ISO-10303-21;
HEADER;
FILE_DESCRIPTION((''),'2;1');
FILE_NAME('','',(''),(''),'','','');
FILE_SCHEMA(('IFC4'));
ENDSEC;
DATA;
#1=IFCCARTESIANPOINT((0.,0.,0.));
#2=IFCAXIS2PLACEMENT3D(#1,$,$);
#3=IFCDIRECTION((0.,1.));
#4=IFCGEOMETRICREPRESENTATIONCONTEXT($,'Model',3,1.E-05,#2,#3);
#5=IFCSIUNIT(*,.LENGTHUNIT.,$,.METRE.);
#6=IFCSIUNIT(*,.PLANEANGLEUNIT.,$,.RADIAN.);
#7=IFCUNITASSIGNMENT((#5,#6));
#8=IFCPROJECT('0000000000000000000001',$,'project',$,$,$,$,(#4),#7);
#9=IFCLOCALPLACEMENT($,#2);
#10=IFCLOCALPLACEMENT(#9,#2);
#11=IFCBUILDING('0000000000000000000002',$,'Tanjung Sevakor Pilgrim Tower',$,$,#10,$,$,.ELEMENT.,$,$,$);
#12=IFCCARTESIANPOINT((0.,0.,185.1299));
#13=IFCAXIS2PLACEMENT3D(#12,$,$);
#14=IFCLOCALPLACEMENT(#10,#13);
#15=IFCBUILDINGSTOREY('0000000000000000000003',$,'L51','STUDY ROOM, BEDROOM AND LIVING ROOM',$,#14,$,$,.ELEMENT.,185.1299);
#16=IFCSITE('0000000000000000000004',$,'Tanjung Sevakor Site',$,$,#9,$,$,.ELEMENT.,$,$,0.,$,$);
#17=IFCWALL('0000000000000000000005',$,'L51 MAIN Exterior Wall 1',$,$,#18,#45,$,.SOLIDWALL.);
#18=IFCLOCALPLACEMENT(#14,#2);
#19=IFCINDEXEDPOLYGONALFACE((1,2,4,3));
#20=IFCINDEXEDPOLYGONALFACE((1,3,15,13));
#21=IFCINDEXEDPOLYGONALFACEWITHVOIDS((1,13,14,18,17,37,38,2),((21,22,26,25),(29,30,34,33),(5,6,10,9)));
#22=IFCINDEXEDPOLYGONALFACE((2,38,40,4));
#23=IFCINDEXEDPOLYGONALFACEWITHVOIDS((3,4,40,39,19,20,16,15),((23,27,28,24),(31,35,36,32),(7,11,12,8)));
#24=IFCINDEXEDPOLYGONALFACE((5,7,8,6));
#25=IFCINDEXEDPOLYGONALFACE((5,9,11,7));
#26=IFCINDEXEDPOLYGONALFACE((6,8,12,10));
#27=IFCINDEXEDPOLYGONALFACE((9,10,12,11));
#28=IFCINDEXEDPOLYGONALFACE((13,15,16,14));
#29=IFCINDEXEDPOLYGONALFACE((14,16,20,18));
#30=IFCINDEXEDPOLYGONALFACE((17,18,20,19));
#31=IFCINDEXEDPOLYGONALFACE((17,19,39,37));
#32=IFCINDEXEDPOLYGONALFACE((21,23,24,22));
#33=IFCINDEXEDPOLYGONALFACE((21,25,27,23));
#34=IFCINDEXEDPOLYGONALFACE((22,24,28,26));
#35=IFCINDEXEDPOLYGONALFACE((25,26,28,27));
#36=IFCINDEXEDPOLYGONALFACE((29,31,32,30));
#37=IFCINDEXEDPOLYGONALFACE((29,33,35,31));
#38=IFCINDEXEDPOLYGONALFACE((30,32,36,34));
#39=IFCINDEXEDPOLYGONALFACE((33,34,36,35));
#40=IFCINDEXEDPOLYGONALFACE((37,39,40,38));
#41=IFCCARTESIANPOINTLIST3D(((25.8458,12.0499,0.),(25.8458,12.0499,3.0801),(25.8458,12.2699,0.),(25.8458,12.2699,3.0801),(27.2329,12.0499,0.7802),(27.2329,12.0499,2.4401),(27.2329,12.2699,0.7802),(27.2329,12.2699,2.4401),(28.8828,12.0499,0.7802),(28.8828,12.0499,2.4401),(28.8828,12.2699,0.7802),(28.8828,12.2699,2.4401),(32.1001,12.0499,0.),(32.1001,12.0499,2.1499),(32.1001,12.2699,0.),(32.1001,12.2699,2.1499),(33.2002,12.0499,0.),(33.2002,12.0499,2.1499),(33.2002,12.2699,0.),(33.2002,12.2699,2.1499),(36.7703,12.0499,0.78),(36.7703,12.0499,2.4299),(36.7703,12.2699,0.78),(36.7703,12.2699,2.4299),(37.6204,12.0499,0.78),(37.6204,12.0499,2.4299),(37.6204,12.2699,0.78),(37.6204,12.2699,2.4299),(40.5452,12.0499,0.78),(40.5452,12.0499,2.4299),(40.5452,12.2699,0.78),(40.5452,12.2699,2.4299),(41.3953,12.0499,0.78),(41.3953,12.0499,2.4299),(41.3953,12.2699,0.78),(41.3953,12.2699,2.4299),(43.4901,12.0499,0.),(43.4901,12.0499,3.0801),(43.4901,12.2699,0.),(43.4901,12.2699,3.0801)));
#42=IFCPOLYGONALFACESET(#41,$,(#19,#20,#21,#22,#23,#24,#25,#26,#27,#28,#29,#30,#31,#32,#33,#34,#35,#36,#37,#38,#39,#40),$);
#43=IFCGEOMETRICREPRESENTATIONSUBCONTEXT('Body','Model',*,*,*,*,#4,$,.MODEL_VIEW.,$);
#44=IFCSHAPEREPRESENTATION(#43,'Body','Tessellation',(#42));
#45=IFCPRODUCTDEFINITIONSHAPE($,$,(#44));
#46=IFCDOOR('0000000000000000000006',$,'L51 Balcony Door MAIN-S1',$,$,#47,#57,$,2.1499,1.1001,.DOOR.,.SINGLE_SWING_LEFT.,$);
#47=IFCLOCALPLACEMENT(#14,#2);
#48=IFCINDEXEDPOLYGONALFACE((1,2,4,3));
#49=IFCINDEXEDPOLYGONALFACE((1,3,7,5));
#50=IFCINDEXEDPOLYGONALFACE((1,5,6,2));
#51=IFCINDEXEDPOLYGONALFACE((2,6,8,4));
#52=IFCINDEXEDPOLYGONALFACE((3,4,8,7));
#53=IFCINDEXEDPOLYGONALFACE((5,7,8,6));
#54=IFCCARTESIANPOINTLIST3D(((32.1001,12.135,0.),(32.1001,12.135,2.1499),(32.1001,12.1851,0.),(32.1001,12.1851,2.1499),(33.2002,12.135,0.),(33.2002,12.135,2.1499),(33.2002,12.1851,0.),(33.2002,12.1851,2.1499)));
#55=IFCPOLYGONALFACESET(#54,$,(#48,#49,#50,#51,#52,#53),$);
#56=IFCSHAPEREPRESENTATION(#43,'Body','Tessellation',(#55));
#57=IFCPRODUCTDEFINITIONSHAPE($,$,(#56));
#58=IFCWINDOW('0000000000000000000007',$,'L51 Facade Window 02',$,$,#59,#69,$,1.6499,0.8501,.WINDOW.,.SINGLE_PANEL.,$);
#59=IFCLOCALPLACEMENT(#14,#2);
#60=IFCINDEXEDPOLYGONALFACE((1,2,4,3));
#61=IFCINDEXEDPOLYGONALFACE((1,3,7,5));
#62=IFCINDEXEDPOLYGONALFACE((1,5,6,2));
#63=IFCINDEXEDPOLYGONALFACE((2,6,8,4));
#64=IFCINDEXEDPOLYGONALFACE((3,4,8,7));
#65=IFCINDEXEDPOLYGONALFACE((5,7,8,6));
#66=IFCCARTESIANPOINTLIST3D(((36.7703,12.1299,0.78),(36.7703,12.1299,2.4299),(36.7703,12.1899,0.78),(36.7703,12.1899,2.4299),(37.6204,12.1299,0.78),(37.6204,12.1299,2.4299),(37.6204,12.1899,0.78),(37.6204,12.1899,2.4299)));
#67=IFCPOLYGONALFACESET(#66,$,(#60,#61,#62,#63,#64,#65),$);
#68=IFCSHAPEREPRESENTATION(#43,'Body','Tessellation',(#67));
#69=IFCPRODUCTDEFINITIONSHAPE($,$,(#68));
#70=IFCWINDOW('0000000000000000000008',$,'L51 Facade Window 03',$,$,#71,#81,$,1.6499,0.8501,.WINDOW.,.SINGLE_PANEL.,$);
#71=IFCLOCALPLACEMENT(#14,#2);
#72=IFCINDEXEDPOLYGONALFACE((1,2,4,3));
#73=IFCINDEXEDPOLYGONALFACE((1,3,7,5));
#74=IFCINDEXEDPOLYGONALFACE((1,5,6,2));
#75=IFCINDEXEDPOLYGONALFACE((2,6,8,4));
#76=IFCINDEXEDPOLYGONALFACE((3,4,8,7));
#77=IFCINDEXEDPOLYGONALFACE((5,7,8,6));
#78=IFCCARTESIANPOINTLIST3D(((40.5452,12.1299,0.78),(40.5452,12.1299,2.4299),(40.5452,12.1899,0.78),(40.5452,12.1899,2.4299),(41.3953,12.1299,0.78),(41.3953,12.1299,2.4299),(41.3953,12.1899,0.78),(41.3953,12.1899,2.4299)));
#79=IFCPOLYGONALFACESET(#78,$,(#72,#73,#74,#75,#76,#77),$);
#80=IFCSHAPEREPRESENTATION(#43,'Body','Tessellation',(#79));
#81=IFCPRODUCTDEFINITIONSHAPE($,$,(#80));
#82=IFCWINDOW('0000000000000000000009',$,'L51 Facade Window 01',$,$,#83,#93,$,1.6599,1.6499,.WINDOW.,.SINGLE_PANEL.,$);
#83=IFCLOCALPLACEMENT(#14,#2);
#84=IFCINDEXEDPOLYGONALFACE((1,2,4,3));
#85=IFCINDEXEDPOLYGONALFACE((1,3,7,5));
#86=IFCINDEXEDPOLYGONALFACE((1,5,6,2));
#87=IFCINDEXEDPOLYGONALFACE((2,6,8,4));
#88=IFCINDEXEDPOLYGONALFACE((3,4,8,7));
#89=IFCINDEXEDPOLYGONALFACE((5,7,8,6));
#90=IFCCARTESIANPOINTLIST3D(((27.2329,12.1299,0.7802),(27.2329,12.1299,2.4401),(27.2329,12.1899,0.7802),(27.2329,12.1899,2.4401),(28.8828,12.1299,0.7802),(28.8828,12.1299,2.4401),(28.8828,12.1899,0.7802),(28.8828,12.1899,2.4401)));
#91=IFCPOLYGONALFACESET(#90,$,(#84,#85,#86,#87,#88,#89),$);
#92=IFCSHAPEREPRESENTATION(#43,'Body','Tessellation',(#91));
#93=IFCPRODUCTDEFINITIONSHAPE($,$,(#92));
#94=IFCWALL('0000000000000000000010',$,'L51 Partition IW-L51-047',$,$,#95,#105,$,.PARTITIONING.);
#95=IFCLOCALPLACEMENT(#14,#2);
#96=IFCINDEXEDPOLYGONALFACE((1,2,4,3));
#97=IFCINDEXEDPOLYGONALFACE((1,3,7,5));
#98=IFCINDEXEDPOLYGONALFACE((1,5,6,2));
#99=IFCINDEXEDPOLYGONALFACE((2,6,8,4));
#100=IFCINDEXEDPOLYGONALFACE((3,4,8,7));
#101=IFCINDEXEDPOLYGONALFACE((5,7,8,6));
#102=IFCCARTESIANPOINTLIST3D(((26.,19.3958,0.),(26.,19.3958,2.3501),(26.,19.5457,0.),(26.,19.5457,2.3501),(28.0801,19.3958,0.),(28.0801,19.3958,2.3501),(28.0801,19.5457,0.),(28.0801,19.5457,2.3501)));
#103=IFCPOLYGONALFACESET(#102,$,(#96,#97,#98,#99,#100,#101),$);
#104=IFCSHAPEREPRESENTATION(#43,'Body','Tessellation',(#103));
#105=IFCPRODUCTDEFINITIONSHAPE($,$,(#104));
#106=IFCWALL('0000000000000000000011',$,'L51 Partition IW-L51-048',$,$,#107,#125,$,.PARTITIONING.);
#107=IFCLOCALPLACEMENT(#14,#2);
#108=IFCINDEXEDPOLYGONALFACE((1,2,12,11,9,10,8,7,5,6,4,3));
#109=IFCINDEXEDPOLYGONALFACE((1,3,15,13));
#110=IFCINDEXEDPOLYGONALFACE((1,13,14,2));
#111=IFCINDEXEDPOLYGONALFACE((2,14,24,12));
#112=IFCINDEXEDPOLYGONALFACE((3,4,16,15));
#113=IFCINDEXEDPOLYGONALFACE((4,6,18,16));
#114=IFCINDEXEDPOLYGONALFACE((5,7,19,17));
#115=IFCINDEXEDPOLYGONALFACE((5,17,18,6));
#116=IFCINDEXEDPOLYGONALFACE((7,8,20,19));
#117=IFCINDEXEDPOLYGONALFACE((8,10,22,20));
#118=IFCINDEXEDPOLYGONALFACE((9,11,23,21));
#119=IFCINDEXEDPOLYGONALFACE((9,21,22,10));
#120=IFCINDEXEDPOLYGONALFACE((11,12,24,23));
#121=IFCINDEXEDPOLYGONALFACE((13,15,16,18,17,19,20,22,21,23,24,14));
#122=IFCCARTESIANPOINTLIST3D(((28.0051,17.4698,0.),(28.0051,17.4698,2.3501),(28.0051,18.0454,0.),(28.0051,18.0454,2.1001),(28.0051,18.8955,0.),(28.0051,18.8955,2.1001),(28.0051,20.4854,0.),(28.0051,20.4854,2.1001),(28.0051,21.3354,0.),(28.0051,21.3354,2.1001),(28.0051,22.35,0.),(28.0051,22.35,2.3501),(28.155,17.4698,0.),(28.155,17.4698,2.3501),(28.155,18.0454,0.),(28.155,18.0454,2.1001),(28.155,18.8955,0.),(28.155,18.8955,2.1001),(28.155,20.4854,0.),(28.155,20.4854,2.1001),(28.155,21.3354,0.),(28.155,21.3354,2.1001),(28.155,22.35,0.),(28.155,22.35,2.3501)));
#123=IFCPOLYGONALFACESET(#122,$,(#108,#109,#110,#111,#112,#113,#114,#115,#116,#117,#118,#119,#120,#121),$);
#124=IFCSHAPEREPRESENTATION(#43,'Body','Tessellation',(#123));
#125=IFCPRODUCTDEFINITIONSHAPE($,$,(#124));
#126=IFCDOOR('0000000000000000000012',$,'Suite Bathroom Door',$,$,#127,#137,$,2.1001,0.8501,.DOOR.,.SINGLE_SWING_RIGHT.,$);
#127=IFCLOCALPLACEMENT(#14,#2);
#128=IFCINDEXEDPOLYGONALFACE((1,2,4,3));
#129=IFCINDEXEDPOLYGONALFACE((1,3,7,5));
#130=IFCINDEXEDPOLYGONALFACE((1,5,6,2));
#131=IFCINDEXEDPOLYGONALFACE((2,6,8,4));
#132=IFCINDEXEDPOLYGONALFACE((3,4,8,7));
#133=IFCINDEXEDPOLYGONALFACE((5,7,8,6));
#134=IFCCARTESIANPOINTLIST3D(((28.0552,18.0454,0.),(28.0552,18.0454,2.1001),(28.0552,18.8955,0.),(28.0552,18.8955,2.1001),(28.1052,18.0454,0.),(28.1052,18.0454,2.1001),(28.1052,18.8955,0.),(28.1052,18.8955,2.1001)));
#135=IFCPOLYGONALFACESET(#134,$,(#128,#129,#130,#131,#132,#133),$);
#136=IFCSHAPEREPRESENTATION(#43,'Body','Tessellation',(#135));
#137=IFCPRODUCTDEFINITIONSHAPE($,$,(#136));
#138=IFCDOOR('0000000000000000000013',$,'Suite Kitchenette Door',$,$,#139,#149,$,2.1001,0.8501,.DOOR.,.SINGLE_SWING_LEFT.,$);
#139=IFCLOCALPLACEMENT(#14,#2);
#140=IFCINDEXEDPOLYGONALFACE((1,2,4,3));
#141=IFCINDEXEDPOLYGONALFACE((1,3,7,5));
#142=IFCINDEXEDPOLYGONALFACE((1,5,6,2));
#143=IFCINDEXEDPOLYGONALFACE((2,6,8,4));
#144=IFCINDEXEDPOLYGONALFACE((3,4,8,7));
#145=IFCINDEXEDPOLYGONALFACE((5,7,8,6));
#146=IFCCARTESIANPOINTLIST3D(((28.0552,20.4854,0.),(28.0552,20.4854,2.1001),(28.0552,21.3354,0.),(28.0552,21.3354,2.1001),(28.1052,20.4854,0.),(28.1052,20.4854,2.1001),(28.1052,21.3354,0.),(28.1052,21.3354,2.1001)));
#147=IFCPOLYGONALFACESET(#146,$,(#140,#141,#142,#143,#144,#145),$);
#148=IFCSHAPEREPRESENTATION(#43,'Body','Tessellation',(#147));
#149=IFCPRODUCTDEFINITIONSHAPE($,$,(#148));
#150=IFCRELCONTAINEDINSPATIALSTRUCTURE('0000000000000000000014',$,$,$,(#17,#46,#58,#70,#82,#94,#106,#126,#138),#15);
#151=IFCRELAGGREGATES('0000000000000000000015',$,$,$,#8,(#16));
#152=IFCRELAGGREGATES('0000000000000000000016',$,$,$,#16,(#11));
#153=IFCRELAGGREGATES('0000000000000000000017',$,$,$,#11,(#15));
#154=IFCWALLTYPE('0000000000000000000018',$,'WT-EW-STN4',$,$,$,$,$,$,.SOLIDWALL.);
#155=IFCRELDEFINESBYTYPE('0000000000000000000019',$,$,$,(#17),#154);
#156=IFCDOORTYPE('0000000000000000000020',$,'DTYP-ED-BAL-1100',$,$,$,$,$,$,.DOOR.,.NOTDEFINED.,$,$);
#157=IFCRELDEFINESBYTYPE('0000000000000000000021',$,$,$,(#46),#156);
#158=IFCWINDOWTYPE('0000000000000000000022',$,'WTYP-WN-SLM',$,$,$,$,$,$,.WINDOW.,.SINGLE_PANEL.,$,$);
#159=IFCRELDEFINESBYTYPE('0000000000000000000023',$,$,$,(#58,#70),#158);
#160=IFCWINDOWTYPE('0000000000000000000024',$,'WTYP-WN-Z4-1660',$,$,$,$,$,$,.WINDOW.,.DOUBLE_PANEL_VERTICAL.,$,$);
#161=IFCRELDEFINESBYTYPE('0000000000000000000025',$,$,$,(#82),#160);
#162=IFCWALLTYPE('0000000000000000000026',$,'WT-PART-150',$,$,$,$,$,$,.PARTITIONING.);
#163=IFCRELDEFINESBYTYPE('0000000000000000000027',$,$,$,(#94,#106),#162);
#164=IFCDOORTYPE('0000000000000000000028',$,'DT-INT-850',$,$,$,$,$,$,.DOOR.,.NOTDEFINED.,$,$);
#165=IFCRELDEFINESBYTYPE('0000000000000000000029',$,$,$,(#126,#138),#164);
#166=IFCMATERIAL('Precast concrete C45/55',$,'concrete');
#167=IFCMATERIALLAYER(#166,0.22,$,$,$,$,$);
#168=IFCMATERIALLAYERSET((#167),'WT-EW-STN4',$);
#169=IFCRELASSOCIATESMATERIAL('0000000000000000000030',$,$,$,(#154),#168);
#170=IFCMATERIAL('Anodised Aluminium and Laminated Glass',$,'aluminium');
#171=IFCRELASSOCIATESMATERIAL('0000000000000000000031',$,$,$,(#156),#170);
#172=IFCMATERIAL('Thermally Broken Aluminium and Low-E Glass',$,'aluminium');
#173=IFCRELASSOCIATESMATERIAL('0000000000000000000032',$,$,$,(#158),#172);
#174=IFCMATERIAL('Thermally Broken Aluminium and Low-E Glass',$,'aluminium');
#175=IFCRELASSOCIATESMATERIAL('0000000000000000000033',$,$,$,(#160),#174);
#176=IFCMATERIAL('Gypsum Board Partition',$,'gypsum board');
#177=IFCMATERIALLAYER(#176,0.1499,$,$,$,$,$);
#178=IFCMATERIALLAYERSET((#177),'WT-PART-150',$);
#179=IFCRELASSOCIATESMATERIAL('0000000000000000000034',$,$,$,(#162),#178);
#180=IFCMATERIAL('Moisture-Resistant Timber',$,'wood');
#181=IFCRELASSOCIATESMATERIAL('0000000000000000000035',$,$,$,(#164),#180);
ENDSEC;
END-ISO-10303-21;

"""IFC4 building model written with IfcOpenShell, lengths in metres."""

from ifc_helpers import new_model, si_unit, direction, frame, frame_2d, origin, place, context, subcontext, project, spatial, rectangle, extrude, material, layer, layer_set, type_object, element, fill, save


model = new_model("IFC4")

# Units and contexts
model_context = context("Model", 3, precision=1e-05, world=origin(), true_north=direction((0.0, 1.0)))
body_context = subcontext(model_context, "Body", "Model", "MODEL_VIEW")
ifc_project = project(units=[si_unit("LENGTHUNIT", "METRE"), si_unit("PLANEANGLEUNIT", "RADIAN")], contexts=[model_context])

# Site, building, storey
site_placement = place(None, origin())
site = spatial("IfcSite", under=ifc_project, at=site_placement, Name="Tanjung Sevakor Site", CompositionType="ELEMENT", RefElevation=0.0)
building_placement = place(site_placement, origin())
building = spatial("IfcBuilding", under=site, at=building_placement, Name="Tanjung Sevakor Pilgrim Tower", CompositionType="ELEMENT")
storey_placement = place(building_placement, frame((0.0, 0.0, 185.1299)))
storey = spatial("IfcBuildingStorey", under=building, at=storey_placement, Name="L51", Description="STUDY ROOM, BEDROOM AND LIVING ROOM", CompositionType="ELEMENT", Elevation=185.1299)

# Wall, openings, door, windows
ifc_material_1 = material(Name="Precast concrete C45/55", Category="concrete")
ifc_layer_1 = layer(ifc_material_1, 0.22)
ifc_layer_set_1 = layer_set([ifc_layer_1], Name="WT-EW-STN4")
wall_type_1 = type_object("IfcWallType", Name="WT-EW-STN4", PredefinedType="SOLIDWALL", material=ifc_layer_set_1)
wall_1_placement = place(storey_placement, frame((25.8457, 12.1599, 0.0), z_axis=(0.0, 0.0, 1.0), x_axis=(1.0, 0.0, 0.0)))
wall_1 = element("IfcWall", 1, at=wall_1_placement, inside=storey, type_object=wall_type_1, Name="L51 MAIN Exterior Wall 1", PredefinedType="SOLIDWALL", context=body_context, shape_type="SweptSolid", body=[
    extrude(rectangle(XDim=17.6443, YDim=0.22, at=frame_2d((8.8223, 0.0))), origin(), (0.0, 0.0, 1.0), 3.0801),
])
opening_1_placement = place(wall_1_placement, frame((6.2544, 0.0, 0.0)))
opening_1 = element("IfcOpeningElement", 2, at=opening_1_placement, cuts=wall_1, PredefinedType="OPENING", context=body_context, shape_type="SweptSolid", body=[
    extrude(rectangle(XDim=1.1001, YDim=2.1499, at=frame_2d((0.55, 1.075))), frame((0.0, 0.1199, 0.0), z_axis=(0.0, -1.0, 0.0), x_axis=(1.0, 0.0, 0.0)), (0.0, 0.0, 1.0), 0.24),
])
opening_2_placement = place(wall_1_placement, frame((1.3872, 0.0, 0.78)))
opening_2 = element("IfcOpeningElement", 3, at=opening_2_placement, cuts=wall_1, PredefinedType="OPENING", context=body_context, shape_type="SweptSolid", body=[
    extrude(rectangle(XDim=1.6499, YDim=1.6599, at=frame_2d((0.825, 0.8301))), frame((0.0, 0.1199, 0.0), z_axis=(0.0, -1.0, 0.0), x_axis=(1.0, 0.0, 0.0)), (0.0, 0.0, 1.0), 0.24),
])
opening_3_placement = place(wall_1_placement, frame((10.9246, 0.0, 0.78)))
opening_3 = element("IfcOpeningElement", 4, at=opening_3_placement, cuts=wall_1, PredefinedType="OPENING", context=body_context, shape_type="SweptSolid", body=[
    extrude(rectangle(XDim=0.8501, YDim=1.6499, at=frame_2d((0.425, 0.825))), frame((0.0, 0.1199, 0.0), z_axis=(0.0, -1.0, 0.0), x_axis=(1.0, 0.0, 0.0)), (0.0, 0.0, 1.0), 0.24),
])
opening_4_placement = place(wall_1_placement, frame((14.6995, 0.0, 0.78)))
opening_4 = element("IfcOpeningElement", 5, at=opening_4_placement, cuts=wall_1, PredefinedType="OPENING", context=body_context, shape_type="SweptSolid", body=[
    extrude(rectangle(XDim=0.8501, YDim=1.6499, at=frame_2d((0.425, 0.825))), frame((0.0, 0.1199, 0.0), z_axis=(0.0, -1.0, 0.0), x_axis=(1.0, 0.0, 0.0)), (0.0, 0.0, 1.0), 0.24),
])
ifc_material_2 = material(Name="Anodised Aluminium and Laminated Glass", Category="aluminium")
door_type_1 = type_object("IfcDoorType", Name="DTYP-ED-BAL-1100", OperationType="NOTDEFINED", PredefinedType="DOOR", material=ifc_material_2)
door_1_placement = place(opening_1_placement, frame((1.1001, 0.0, 0.0), z_axis=(0.0, 0.0, 1.0), x_axis=(-1.0, 0.0, 0.0)))
door_1 = element("IfcDoor", 6, at=door_1_placement, inside=storey, type_object=door_type_1, Name="L51 Balcony Door MAIN-S1", OperationType="SINGLE_SWING_LEFT", OverallHeight=2.1499, OverallWidth=1.1001, PredefinedType="DOOR", context=body_context, shape_type="SweptSolid", body=[
    extrude(rectangle(XDim=1.1001, YDim=2.1499, at=frame_2d((0.55, 1.075))), frame((0.0, 0.0249, 0.0), z_axis=(0.0, -1.0, 0.0), x_axis=(1.0, 0.0, 0.0)), (0.0, 0.0, 1.0), 0.05),
])
fill(opening_1, door_1)
ifc_material_3 = material(Name="Thermally Broken Aluminium and Low-E Glass", Category="aluminium")
window_type_1 = type_object("IfcWindowType", Name="WTYP-WN-SLM", PartitioningType="SINGLE_PANEL", PredefinedType="WINDOW", material=ifc_material_3)
window_1_placement = place(opening_3_placement, origin())
window_1 = element("IfcWindow", 7, at=window_1_placement, inside=storey, type_object=window_type_1, Name="L51 Facade Window 02", OverallHeight=1.6499, OverallWidth=0.8501, PartitioningType="SINGLE_PANEL", PredefinedType="WINDOW", context=body_context, shape_type="SweptSolid", body=[
    extrude(rectangle(XDim=0.8501, YDim=1.6499, at=frame_2d((0.425, 0.825))), frame((0.0, 0.03, 0.0), z_axis=(0.0, -1.0, 0.0), x_axis=(1.0, 0.0, 0.0)), (0.0, 0.0, 1.0), 0.0601),
])
fill(opening_3, window_1)
window_2_placement = place(opening_4_placement, origin())
window_2 = element("IfcWindow", 8, at=window_2_placement, inside=storey, type_object=window_type_1, Name="L51 Facade Window 03", OverallHeight=1.6499, OverallWidth=0.8501, PartitioningType="SINGLE_PANEL", PredefinedType="WINDOW", context=body_context, shape_type="SweptSolid", body=[
    extrude(rectangle(XDim=0.8501, YDim=1.6499, at=frame_2d((0.425, 0.825))), frame((0.0, 0.03, 0.0), z_axis=(0.0, -1.0, 0.0), x_axis=(1.0, 0.0, 0.0)), (0.0, 0.0, 1.0), 0.0601),
])
fill(opening_4, window_2)
ifc_material_4 = material(Name="Thermally Broken Aluminium and Low-E Glass", Category="aluminium")
window_type_2 = type_object("IfcWindowType", Name="WTYP-WN-Z4-1660", PartitioningType="DOUBLE_PANEL_VERTICAL", PredefinedType="WINDOW", material=ifc_material_4)
window_3_placement = place(opening_2_placement, origin())
window_3 = element("IfcWindow", 9, at=window_3_placement, inside=storey, type_object=window_type_2, Name="L51 Facade Window 01", OverallHeight=1.6599, OverallWidth=1.6499, PartitioningType="SINGLE_PANEL", PredefinedType="WINDOW", context=body_context, shape_type="SweptSolid", body=[
    extrude(rectangle(XDim=1.6499, YDim=1.6599, at=frame_2d((0.825, 0.8301))), frame((0.0, 0.03, 0.0), z_axis=(0.0, -1.0, 0.0), x_axis=(1.0, 0.0, 0.0)), (0.0, 0.0, 1.0), 0.0601),
])
fill(opening_2, window_3)

# Wall
ifc_material_5 = material(Name="Gypsum Board Partition", Category="gypsum board")
ifc_layer_2 = layer(ifc_material_5, 0.1499)
ifc_layer_set_2 = layer_set([ifc_layer_2], Name="WT-PART-150")
wall_type_2 = type_object("IfcWallType", Name="WT-PART-150", PredefinedType="PARTITIONING", material=ifc_layer_set_2)
wall_2_placement = place(storey_placement, frame((26.0, 19.4707, 0.0), z_axis=(0.0, 0.0, 1.0), x_axis=(1.0, 0.0, 0.0)))
element("IfcWall", 10, at=wall_2_placement, inside=storey, type_object=wall_type_2, Name="L51 Partition IW-L51-047", PredefinedType="PARTITIONING", context=body_context, shape_type="SweptSolid", body=[
    extrude(rectangle(XDim=2.0801, YDim=0.1499, at=frame_2d((1.04, 0.0))), origin(), (0.0, 0.0, 1.0), 2.3501),
])

# Wall, openings, doors
wall_3_placement = place(storey_placement, frame((28.0801, 17.47, 0.0), z_axis=(0.0, 0.0, 1.0), x_axis=(0.0, 1.0, 0.0)))
wall_3 = element("IfcWall", 11, at=wall_3_placement, inside=storey, type_object=wall_type_2, Name="L51 Partition IW-L51-048", PredefinedType="PARTITIONING", context=body_context, shape_type="SweptSolid", body=[
    extrude(rectangle(XDim=4.8801, YDim=0.1499, at=frame_2d((2.4399, 0.0))), origin(), (0.0, 0.0, 1.0), 2.3501),
])
opening_5_placement = place(wall_3_placement, frame((0.5754, 0.0, 0.0)))
opening_5 = element("IfcOpeningElement", 12, at=opening_5_placement, cuts=wall_3, PredefinedType="OPENING", context=body_context, shape_type="SweptSolid", body=[
    extrude(rectangle(XDim=0.8501, YDim=2.1001, at=frame_2d((0.425, 1.05))), frame((0.0, 0.085, 0.0), z_axis=(0.0, -1.0, 0.0), x_axis=(1.0, 0.0, 0.0)), (0.0, 0.0, 1.0), 0.1699),
])
opening_6_placement = place(wall_3_placement, frame((3.0154, 0.0, 0.0)))
opening_6 = element("IfcOpeningElement", 13, at=opening_6_placement, cuts=wall_3, PredefinedType="OPENING", context=body_context, shape_type="SweptSolid", body=[
    extrude(rectangle(XDim=0.8501, YDim=2.1001, at=frame_2d((0.425, 1.05))), frame((0.0, 0.085, 0.0), z_axis=(0.0, -1.0, 0.0), x_axis=(1.0, 0.0, 0.0)), (0.0, 0.0, 1.0), 0.1699),
])
ifc_material_6 = material(Name="Moisture-Resistant Timber", Category="wood")
door_type_2 = type_object("IfcDoorType", Name="DT-INT-850", OperationType="NOTDEFINED", PredefinedType="DOOR", material=ifc_material_6)
door_2_placement = place(opening_5_placement, origin())
door_2 = element("IfcDoor", 14, at=door_2_placement, inside=storey, type_object=door_type_2, Name="Suite Bathroom Door", OperationType="SINGLE_SWING_RIGHT", OverallHeight=2.1001, OverallWidth=0.8501, PredefinedType="DOOR", context=body_context, shape_type="SweptSolid", body=[
    extrude(rectangle(XDim=0.8501, YDim=2.1001, at=frame_2d((0.425, 1.05))), frame((0.0, 0.0249, 0.0), z_axis=(0.0, -1.0, 0.0), x_axis=(1.0, 0.0, 0.0)), (0.0, 0.0, 1.0), 0.05),
])
fill(opening_5, door_2)
door_3_placement = place(opening_6_placement, origin())
door_3 = element("IfcDoor", 15, at=door_3_placement, inside=storey, type_object=door_type_2, Name="Suite Kitchenette Door", OperationType="SINGLE_SWING_LEFT", OverallHeight=2.1001, OverallWidth=0.8501, PredefinedType="DOOR", context=body_context, shape_type="SweptSolid", body=[
    extrude(rectangle(XDim=0.8501, YDim=2.1001, at=frame_2d((0.425, 1.05))), frame((0.0, 0.0249, 0.0), z_axis=(0.0, -1.0, 0.0), x_axis=(1.0, 0.0, 0.0)), (0.0, 0.0, 1.0), 0.05),
])
fill(opening_6, door_3)

save(model, "model.ifc")
